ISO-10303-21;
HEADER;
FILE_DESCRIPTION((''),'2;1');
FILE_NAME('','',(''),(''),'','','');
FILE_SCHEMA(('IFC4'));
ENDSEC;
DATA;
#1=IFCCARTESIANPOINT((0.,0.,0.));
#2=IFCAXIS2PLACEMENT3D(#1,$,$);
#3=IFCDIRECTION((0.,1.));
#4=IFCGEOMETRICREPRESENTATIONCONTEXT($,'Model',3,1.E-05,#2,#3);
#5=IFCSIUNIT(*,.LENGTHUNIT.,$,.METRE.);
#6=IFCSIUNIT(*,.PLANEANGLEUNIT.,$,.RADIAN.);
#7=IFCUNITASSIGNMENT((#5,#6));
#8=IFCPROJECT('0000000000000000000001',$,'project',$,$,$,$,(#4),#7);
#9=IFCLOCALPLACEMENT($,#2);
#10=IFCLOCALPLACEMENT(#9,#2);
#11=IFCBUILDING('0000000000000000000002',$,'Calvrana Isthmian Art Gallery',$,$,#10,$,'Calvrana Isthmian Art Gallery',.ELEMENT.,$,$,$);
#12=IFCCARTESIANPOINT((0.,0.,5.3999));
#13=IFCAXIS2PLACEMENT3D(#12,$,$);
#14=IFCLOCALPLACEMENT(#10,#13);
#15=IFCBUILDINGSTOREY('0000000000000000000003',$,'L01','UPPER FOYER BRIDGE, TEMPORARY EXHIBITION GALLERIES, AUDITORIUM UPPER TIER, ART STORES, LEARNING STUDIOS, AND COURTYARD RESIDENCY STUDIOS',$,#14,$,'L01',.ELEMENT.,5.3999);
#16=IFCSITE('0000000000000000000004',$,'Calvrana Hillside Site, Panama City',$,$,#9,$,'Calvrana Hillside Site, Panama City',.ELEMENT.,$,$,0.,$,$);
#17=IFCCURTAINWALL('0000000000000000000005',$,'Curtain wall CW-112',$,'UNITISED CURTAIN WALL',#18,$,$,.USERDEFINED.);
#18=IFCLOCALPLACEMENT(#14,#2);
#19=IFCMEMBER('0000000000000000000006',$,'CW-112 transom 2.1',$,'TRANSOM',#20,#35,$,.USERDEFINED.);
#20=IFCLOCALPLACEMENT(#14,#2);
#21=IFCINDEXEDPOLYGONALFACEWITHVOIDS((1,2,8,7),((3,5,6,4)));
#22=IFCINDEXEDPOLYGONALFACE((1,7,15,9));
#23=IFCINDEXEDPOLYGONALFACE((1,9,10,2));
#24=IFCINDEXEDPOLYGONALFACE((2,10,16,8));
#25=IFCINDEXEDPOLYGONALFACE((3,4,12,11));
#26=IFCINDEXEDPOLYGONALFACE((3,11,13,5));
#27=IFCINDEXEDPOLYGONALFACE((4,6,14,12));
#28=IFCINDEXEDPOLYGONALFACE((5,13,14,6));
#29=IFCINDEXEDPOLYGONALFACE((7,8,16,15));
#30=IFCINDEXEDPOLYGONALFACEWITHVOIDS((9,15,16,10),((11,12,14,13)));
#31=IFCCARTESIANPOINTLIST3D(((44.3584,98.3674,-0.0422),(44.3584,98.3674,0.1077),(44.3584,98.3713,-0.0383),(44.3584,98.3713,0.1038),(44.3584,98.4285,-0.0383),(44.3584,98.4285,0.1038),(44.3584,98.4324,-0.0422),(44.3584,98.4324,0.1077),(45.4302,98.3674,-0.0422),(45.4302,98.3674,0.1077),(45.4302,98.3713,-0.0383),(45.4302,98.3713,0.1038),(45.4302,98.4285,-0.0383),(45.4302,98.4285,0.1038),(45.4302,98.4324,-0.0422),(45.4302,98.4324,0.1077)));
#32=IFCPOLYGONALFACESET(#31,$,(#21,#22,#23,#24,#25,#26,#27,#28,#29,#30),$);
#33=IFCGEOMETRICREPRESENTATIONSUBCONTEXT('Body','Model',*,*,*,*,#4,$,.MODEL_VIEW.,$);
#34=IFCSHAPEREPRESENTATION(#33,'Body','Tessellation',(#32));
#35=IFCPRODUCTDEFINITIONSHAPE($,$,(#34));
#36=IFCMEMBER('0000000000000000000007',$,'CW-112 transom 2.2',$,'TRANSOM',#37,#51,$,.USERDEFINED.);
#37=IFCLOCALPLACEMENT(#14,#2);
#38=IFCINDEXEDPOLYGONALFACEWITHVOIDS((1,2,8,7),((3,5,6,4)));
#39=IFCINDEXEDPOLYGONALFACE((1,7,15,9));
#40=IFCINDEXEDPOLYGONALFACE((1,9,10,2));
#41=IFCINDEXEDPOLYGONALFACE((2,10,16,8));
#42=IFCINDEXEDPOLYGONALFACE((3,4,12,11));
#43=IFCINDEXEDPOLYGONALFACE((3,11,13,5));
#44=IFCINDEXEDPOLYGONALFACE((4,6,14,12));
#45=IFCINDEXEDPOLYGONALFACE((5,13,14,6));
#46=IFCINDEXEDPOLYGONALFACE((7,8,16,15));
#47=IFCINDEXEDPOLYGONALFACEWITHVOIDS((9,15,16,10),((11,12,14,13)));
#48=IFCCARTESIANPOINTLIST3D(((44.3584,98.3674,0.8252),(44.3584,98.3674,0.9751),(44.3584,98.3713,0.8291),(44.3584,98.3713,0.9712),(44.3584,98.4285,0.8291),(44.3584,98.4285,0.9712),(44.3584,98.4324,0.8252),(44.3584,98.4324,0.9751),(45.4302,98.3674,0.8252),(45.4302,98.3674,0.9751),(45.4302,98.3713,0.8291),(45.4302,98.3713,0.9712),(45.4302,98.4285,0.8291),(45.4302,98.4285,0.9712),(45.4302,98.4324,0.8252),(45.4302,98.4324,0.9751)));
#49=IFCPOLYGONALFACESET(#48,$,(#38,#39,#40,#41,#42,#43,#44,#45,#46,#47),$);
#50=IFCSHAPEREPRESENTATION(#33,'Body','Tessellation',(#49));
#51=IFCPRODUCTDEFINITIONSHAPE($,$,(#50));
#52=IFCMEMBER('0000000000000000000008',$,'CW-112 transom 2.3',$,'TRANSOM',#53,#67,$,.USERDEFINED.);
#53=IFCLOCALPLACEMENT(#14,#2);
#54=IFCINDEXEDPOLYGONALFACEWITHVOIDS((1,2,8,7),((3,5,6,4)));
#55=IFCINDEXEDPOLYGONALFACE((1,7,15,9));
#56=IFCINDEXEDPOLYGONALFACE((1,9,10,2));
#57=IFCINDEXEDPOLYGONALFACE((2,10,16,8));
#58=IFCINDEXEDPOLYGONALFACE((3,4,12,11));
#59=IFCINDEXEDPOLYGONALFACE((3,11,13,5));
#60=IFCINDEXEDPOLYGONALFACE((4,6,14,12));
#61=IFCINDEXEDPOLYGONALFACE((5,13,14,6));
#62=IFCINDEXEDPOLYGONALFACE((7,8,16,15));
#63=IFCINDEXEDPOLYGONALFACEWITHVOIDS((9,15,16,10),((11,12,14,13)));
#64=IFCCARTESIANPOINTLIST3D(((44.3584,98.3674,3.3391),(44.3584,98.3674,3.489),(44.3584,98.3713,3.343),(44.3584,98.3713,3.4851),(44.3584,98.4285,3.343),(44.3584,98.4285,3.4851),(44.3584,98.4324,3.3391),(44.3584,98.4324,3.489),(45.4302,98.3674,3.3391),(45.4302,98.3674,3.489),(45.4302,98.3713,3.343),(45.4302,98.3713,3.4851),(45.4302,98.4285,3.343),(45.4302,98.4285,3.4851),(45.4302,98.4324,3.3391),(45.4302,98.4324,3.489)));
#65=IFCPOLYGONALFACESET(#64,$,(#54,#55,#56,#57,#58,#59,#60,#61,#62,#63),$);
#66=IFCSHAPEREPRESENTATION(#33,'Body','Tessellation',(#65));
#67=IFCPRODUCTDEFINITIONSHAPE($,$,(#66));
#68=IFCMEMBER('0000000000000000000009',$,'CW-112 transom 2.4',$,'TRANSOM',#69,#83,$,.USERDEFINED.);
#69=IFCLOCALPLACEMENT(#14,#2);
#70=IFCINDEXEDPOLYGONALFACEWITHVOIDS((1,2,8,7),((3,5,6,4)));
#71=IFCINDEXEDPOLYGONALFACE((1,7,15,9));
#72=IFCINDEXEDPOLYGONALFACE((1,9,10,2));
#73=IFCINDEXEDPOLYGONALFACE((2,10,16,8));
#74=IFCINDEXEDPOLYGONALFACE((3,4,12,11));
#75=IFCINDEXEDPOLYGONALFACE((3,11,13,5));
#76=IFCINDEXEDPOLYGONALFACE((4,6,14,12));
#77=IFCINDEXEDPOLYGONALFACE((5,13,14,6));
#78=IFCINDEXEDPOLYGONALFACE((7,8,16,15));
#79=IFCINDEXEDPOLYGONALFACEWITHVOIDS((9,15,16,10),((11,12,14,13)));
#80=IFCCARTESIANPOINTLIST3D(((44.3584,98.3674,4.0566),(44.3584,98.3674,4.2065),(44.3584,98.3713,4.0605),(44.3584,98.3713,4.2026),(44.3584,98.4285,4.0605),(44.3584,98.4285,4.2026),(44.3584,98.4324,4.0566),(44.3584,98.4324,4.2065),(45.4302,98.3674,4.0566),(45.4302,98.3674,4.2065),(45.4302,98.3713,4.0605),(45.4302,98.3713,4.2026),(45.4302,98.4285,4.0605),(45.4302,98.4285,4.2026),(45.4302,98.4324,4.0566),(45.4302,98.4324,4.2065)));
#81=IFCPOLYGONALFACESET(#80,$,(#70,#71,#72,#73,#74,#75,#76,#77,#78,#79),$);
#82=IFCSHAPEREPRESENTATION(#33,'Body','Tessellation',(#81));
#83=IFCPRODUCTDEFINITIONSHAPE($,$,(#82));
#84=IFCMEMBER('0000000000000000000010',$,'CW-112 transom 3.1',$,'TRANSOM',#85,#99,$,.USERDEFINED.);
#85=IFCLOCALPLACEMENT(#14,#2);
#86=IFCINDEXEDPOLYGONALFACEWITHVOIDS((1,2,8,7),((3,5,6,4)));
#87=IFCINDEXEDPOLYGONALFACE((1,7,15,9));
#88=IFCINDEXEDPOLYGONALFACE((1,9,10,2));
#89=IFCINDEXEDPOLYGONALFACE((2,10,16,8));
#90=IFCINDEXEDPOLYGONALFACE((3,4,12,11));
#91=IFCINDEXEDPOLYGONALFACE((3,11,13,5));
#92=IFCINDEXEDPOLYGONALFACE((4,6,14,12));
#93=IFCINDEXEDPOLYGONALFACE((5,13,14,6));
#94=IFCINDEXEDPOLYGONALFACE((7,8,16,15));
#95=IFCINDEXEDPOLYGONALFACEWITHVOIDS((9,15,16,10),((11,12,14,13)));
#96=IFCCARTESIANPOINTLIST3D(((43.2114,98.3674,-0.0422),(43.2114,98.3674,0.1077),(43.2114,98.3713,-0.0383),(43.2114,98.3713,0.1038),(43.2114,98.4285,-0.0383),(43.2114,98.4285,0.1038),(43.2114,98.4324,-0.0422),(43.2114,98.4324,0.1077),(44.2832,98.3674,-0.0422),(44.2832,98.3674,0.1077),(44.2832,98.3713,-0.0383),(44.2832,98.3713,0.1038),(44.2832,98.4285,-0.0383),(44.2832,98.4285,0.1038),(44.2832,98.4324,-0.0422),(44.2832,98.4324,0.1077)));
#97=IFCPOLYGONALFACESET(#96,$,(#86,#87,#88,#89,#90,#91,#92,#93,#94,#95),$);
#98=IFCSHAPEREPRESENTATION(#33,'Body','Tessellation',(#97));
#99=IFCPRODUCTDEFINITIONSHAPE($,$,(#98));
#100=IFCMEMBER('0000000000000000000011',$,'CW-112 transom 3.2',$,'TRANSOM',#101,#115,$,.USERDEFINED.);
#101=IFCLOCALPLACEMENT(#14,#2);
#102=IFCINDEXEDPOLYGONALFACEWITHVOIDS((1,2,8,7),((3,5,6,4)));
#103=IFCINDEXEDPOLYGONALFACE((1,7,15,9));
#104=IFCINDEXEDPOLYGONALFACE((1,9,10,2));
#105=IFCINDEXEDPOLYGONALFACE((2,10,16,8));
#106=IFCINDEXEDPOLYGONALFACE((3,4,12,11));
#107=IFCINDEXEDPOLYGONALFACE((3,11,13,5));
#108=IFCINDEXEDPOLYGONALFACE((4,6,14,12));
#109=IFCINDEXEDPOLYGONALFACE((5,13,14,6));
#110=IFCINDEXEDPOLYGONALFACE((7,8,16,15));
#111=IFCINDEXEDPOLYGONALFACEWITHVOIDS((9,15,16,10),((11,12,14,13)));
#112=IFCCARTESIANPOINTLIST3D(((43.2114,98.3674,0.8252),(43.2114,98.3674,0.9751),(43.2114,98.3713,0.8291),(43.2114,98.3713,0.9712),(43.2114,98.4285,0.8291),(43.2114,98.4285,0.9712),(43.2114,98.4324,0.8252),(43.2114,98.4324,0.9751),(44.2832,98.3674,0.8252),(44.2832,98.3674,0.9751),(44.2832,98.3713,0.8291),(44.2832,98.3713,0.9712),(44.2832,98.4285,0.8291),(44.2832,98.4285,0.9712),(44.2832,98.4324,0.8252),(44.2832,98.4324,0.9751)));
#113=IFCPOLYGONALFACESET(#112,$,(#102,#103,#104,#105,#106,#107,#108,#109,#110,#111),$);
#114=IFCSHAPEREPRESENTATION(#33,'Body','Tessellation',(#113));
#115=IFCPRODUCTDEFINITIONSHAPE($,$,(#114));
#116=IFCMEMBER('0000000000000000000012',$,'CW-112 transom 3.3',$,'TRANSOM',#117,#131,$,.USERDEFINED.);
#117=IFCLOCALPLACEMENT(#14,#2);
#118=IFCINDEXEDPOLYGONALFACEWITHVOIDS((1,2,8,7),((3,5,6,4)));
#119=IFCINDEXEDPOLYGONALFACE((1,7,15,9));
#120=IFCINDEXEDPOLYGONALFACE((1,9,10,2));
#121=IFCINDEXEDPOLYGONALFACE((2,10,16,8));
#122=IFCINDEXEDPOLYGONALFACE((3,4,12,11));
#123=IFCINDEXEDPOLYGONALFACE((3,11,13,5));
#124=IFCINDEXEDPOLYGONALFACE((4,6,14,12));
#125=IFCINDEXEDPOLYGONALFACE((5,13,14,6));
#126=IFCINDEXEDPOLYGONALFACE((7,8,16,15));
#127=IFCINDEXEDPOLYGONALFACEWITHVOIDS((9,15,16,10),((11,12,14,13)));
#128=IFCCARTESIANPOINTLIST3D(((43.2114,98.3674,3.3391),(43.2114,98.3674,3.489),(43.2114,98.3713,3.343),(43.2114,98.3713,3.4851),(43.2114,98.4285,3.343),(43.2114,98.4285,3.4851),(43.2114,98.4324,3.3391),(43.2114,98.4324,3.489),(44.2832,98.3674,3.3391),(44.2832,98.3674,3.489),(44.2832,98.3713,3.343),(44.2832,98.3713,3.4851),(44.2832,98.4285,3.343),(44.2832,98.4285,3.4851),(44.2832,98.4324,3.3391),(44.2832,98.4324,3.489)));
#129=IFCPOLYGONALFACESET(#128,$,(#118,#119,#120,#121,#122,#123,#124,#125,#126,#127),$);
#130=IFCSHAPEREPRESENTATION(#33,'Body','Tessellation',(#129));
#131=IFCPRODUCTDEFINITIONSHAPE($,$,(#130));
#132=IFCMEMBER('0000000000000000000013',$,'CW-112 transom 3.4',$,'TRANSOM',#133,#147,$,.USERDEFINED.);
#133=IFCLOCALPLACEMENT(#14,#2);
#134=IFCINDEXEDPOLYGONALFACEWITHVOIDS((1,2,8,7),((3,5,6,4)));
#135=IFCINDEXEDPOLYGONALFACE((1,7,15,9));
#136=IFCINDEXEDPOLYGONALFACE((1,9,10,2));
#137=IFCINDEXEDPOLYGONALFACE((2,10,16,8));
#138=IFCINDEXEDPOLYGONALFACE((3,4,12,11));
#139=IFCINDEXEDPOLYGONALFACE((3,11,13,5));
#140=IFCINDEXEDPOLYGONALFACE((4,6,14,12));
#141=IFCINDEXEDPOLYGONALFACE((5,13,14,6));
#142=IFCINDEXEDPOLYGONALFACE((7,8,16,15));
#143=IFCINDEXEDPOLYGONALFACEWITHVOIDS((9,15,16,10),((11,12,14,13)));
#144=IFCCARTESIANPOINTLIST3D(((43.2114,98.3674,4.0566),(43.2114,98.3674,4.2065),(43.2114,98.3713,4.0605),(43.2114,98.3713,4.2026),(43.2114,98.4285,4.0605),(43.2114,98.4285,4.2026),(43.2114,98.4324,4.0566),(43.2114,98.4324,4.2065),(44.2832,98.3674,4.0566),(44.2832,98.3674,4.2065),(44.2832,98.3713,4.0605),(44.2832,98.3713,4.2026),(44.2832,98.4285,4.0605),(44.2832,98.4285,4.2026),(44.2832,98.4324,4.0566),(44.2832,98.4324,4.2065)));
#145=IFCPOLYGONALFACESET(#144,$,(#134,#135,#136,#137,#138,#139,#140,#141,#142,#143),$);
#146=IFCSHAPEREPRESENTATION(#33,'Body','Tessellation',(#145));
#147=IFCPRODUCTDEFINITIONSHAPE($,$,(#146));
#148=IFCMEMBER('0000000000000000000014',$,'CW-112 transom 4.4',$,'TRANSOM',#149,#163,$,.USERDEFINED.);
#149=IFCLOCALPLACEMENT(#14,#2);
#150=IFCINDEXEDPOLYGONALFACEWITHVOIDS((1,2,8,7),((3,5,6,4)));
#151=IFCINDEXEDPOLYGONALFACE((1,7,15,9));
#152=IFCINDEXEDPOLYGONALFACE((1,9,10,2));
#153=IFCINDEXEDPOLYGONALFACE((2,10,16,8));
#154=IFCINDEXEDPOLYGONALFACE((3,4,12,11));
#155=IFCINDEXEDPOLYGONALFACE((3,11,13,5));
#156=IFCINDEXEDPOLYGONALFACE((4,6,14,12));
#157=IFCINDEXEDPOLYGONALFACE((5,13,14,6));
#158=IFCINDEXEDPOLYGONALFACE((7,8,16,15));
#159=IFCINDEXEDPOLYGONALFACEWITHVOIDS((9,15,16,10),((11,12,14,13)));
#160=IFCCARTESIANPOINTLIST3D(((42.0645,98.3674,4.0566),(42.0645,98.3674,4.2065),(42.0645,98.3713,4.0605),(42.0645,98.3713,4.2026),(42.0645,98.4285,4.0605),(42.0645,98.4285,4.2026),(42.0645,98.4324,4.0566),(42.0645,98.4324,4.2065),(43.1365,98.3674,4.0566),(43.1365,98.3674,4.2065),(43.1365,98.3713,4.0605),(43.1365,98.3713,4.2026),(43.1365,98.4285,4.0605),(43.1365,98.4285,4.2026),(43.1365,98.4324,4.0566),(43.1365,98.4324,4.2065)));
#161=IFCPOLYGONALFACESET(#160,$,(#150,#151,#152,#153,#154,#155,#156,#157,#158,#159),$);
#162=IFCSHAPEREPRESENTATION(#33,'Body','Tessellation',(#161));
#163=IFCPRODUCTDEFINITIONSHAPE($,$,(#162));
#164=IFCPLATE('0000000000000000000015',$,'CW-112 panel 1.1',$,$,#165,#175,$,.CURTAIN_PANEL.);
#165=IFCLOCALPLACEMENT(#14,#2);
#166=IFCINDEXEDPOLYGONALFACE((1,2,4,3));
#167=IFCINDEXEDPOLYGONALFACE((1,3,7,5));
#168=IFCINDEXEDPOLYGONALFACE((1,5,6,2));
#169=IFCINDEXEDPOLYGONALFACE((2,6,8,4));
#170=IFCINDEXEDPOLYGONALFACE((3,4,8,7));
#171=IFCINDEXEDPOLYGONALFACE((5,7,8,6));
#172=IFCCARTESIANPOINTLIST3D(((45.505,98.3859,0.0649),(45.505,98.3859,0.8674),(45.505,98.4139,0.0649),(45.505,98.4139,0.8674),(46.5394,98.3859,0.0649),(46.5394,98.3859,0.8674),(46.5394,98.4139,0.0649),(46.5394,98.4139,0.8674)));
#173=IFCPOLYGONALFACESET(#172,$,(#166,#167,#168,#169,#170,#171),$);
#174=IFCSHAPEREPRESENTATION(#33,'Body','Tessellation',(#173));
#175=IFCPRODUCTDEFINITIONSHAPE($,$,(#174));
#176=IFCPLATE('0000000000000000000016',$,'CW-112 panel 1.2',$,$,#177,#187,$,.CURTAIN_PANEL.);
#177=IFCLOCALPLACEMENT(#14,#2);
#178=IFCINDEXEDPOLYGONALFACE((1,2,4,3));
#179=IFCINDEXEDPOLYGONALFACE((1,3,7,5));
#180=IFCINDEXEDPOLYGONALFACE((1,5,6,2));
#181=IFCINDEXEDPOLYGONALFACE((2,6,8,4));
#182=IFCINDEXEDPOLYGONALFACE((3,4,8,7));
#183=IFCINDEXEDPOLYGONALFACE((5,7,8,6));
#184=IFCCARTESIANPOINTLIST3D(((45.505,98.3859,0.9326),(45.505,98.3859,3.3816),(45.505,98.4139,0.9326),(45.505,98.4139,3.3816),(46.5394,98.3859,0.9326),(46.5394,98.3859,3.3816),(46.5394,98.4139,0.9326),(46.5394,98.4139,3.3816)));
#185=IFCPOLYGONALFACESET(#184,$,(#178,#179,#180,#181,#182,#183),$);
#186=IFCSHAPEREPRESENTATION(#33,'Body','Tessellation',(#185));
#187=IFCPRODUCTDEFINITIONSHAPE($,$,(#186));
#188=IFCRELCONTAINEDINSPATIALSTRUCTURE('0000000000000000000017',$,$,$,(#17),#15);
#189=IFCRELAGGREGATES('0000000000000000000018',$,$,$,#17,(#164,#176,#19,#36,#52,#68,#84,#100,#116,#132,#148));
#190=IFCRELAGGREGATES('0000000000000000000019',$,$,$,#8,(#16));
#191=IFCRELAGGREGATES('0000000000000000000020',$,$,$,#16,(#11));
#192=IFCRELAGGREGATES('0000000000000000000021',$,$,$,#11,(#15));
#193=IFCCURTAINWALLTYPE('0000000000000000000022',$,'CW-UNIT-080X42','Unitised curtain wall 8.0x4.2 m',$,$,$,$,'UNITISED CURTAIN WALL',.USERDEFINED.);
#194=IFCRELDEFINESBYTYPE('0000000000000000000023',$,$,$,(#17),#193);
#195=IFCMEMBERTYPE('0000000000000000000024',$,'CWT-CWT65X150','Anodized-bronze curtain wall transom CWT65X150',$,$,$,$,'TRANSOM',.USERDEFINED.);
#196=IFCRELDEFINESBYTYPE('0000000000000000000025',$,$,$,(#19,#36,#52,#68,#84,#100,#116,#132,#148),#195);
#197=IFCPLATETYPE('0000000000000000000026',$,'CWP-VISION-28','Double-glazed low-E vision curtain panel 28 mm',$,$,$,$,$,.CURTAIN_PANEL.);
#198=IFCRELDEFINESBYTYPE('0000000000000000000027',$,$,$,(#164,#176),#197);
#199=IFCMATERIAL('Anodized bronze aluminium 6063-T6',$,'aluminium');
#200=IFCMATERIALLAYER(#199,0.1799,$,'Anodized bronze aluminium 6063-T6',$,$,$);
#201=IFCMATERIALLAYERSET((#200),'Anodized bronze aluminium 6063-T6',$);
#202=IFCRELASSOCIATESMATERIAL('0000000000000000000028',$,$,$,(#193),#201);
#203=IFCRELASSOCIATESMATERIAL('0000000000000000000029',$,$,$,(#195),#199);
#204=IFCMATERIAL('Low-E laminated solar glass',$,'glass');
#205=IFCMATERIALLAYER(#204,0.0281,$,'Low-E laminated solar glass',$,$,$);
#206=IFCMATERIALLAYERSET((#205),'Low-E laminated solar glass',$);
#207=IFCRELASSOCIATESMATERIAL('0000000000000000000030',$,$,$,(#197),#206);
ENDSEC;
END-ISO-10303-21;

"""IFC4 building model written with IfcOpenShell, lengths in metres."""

from ifc_helpers import new_model, si_unit, direction, frame, origin, origin_2d, place, context, subcontext, project, spatial, rectangle, hollow_rectangle, extrude, material, layer, layer_set, material_profile, profile_set, type_object, element, aggregate, save


model = new_model("IFC4")

# Units and contexts
model_context = context("Model", 3, precision=1e-05, world=origin(), true_north=direction((0.0, 1.0)))
body_context = subcontext(model_context, "Body", "Model", "MODEL_VIEW")
ifc_project = project(units=[si_unit("LENGTHUNIT", "METRE"), si_unit("PLANEANGLEUNIT", "RADIAN")], contexts=[model_context])

# Site, building, storey
site_placement = place(None, origin())
site = spatial("IfcSite", under=ifc_project, at=site_placement, Name="Calvrana Hillside Site, Panama City", LongName="Calvrana Hillside Site, Panama City", CompositionType="ELEMENT", RefElevation=0.0)
building_placement = place(site_placement, origin())
building = spatial("IfcBuilding", under=site, at=building_placement, Name="Calvrana Isthmian Art Gallery", LongName="Calvrana Isthmian Art Gallery", CompositionType="ELEMENT")
storey_placement = place(building_placement, frame((0.0, 0.0, 5.3999)))
storey = spatial("IfcBuildingStorey", under=building, at=storey_placement, Name="L01", Description="UPPER FOYER BRIDGE, TEMPORARY EXHIBITION GALLERIES, AUDITORIUM UPPER TIER, ART STORES, LEARNING STUDIOS, AND COURTYARD RESIDENCY STUDIOS", LongName="L01", CompositionType="ELEMENT", Elevation=5.3999)

# Curtain wall, members, plates
ifc_material_1 = material(Name="Anodized bronze aluminium 6063-T6", Category="aluminium")
ifc_layer_1 = layer(ifc_material_1, 0.1799, Name="Anodized bronze aluminium 6063-T6")
ifc_layer_set_1 = layer_set([ifc_layer_1], Name="Anodized bronze aluminium 6063-T6")
curtain_wall_type = type_object("IfcCurtainWallType", Name="CW-UNIT-080X42", Description="Unitised curtain wall 8.0x4.2 m", ElementType="UNITISED CURTAIN WALL", PredefinedType="USERDEFINED", material=ifc_layer_set_1)
curtain_wall_placement = place(storey_placement, origin())
curtain_wall = element("IfcCurtainWall", 1, at=curtain_wall_placement, inside=storey, type_object=curtain_wall_type, Name="Curtain wall CW-112", ObjectType="UNITISED CURTAIN WALL", PredefinedType="USERDEFINED")
ifc_material_profile_1 = material_profile(ifc_material_1, hollow_rectangle(XDim=0.0649, YDim=0.1499, WallThickness=0.0039, at=origin_2d()), Name="CWT65X150")
ifc_profile_set_1 = profile_set([ifc_material_profile_1], Name="Anodized bronze aluminium 6063-T6")
member_type_1 = type_object("IfcMemberType", Name="CWT-CWT65X150", Description="Anodized-bronze curtain wall transom CWT65X150", ElementType="TRANSOM", PredefinedType="USERDEFINED", material=ifc_profile_set_1)
member_1_placement = place(storey_placement, frame((45.4302, 98.3999, 0.0327), z_axis=(-1.0, 0.0, 0.0), x_axis=(0.0, -1.0, 0.0)))
member_1 = element("IfcMember", 2, at=member_1_placement, type_object=member_type_1, Name="CW-112 transom 2.1", ObjectType="TRANSOM", PredefinedType="USERDEFINED", context=body_context, shape_type="SweptSolid", body=[
    extrude(hollow_rectangle(XDim=0.0649, YDim=0.1499, WallThickness=0.0039, at=origin_2d()), origin(), (0.0, 0.0, 1.0), 1.0718),
])
member_2_placement = place(storey_placement, frame((45.4302, 98.3999, 0.9001), z_axis=(-1.0, 0.0, 0.0), x_axis=(0.0, -1.0, 0.0)))
member_2 = element("IfcMember", 3, at=member_2_placement, type_object=member_type_1, Name="CW-112 transom 2.2", ObjectType="TRANSOM", PredefinedType="USERDEFINED", context=body_context, shape_type="SweptSolid", body=[
    extrude(hollow_rectangle(XDim=0.0649, YDim=0.1499, WallThickness=0.0039, at=origin_2d()), origin(), (0.0, 0.0, 1.0), 1.0718),
])
member_3_placement = place(storey_placement, frame((45.4302, 98.3999, 3.4141), z_axis=(-1.0, 0.0, 0.0), x_axis=(0.0, -1.0, 0.0)))
member_3 = element("IfcMember", 4, at=member_3_placement, type_object=member_type_1, Name="CW-112 transom 2.3", ObjectType="TRANSOM", PredefinedType="USERDEFINED", context=body_context, shape_type="SweptSolid", body=[
    extrude(hollow_rectangle(XDim=0.0649, YDim=0.1499, WallThickness=0.0039, at=origin_2d()), origin(), (0.0, 0.0, 1.0), 1.0718),
])
member_4_placement = place(storey_placement, frame((45.4302, 98.3999, 4.1316), z_axis=(-1.0, 0.0, 0.0), x_axis=(0.0, -1.0, 0.0)))
member_4 = element("IfcMember", 5, at=member_4_placement, type_object=member_type_1, Name="CW-112 transom 2.4", ObjectType="TRANSOM", PredefinedType="USERDEFINED", context=body_context, shape_type="SweptSolid", body=[
    extrude(hollow_rectangle(XDim=0.0649, YDim=0.1499, WallThickness=0.0039, at=origin_2d()), origin(), (0.0, 0.0, 1.0), 1.0718),
])
member_5_placement = place(storey_placement, frame((44.2832, 98.3999, 0.0327), z_axis=(-1.0, 0.0, 0.0), x_axis=(0.0, -1.0, 0.0)))
member_5 = element("IfcMember", 6, at=member_5_placement, type_object=member_type_1, Name="CW-112 transom 3.1", ObjectType="TRANSOM", PredefinedType="USERDEFINED", context=body_context, shape_type="SweptSolid", body=[
    extrude(hollow_rectangle(XDim=0.0649, YDim=0.1499, WallThickness=0.0039, at=origin_2d()), origin(), (0.0, 0.0, 1.0), 1.0718),
])
member_6_placement = place(storey_placement, frame((44.2832, 98.3999, 0.9001), z_axis=(-1.0, 0.0, 0.0), x_axis=(0.0, -1.0, 0.0)))
member_6 = element("IfcMember", 7, at=member_6_placement, type_object=member_type_1, Name="CW-112 transom 3.2", ObjectType="TRANSOM", PredefinedType="USERDEFINED", context=body_context, shape_type="SweptSolid", body=[
    extrude(hollow_rectangle(XDim=0.0649, YDim=0.1499, WallThickness=0.0039, at=origin_2d()), origin(), (0.0, 0.0, 1.0), 1.0718),
])
member_7_placement = place(storey_placement, frame((44.2832, 98.3999, 3.4141), z_axis=(-1.0, 0.0, 0.0), x_axis=(0.0, -1.0, 0.0)))
member_7 = element("IfcMember", 8, at=member_7_placement, type_object=member_type_1, Name="CW-112 transom 3.3", ObjectType="TRANSOM", PredefinedType="USERDEFINED", context=body_context, shape_type="SweptSolid", body=[
    extrude(hollow_rectangle(XDim=0.0649, YDim=0.1499, WallThickness=0.0039, at=origin_2d()), origin(), (0.0, 0.0, 1.0), 1.0718),
])
member_8_placement = place(storey_placement, frame((44.2832, 98.3999, 4.1316), z_axis=(-1.0, 0.0, 0.0), x_axis=(0.0, -1.0, 0.0)))
member_8 = element("IfcMember", 9, at=member_8_placement, type_object=member_type_1, Name="CW-112 transom 3.4", ObjectType="TRANSOM", PredefinedType="USERDEFINED", context=body_context, shape_type="SweptSolid", body=[
    extrude(hollow_rectangle(XDim=0.0649, YDim=0.1499, WallThickness=0.0039, at=origin_2d()), origin(), (0.0, 0.0, 1.0), 1.0718),
])
member_9_placement = place(storey_placement, frame((43.1365, 98.3999, 4.1316), z_axis=(-1.0, 0.0, 0.0), x_axis=(0.0, -1.0, 0.0)))
member_9 = element("IfcMember", 10, at=member_9_placement, type_object=member_type_1, Name="CW-112 transom 4.4", ObjectType="TRANSOM", PredefinedType="USERDEFINED", context=body_context, shape_type="SweptSolid", body=[
    extrude(hollow_rectangle(XDim=0.0649, YDim=0.1499, WallThickness=0.0039, at=origin_2d()), origin(), (0.0, 0.0, 1.0), 1.072),
])
ifc_material_2 = material(Name="Low-E laminated solar glass", Category="glass")
ifc_layer_2 = layer(ifc_material_2, 0.0281, Name="Low-E laminated solar glass")
ifc_layer_set_2 = layer_set([ifc_layer_2], Name="Low-E laminated solar glass")
plate_type = type_object("IfcPlateType", Name="CWP-VISION-28", Description="Double-glazed low-E vision curtain panel 28 mm", PredefinedType="CURTAIN_PANEL", material=ifc_layer_set_2)
plate_1_placement = place(storey_placement, frame((46.0222, 98.3999, 0.0649), z_axis=(0.0, 0.0, 1.0), x_axis=(-1.0, 0.0, 0.0)))
plate_1 = element("IfcPlate", 11, at=plate_1_placement, type_object=plate_type, Name="CW-112 panel 1.1", PredefinedType="CURTAIN_PANEL", context=body_context, shape_type="SweptSolid", body=[
    extrude(rectangle(XDim=1.0344, YDim=0.0281, at=origin_2d()), origin(), (0.0, 0.0, 1.0), 0.8025),
])
plate_2_placement = place(storey_placement, frame((46.0222, 98.3999, 0.9326), z_axis=(0.0, 0.0, 1.0), x_axis=(-1.0, 0.0, 0.0)))
plate_2 = element("IfcPlate", 12, at=plate_2_placement, type_object=plate_type, Name="CW-112 panel 1.2", PredefinedType="CURTAIN_PANEL", context=body_context, shape_type="SweptSolid", body=[
    extrude(rectangle(XDim=1.0344, YDim=0.0281, at=origin_2d()), origin(), (0.0, 0.0, 1.0), 2.449),
])
aggregate(curtain_wall, [plate_1, plate_2, member_1, member_2, member_3, member_4, member_5, member_6, member_7, member_8, member_9])

save(model, "model.ifc")
